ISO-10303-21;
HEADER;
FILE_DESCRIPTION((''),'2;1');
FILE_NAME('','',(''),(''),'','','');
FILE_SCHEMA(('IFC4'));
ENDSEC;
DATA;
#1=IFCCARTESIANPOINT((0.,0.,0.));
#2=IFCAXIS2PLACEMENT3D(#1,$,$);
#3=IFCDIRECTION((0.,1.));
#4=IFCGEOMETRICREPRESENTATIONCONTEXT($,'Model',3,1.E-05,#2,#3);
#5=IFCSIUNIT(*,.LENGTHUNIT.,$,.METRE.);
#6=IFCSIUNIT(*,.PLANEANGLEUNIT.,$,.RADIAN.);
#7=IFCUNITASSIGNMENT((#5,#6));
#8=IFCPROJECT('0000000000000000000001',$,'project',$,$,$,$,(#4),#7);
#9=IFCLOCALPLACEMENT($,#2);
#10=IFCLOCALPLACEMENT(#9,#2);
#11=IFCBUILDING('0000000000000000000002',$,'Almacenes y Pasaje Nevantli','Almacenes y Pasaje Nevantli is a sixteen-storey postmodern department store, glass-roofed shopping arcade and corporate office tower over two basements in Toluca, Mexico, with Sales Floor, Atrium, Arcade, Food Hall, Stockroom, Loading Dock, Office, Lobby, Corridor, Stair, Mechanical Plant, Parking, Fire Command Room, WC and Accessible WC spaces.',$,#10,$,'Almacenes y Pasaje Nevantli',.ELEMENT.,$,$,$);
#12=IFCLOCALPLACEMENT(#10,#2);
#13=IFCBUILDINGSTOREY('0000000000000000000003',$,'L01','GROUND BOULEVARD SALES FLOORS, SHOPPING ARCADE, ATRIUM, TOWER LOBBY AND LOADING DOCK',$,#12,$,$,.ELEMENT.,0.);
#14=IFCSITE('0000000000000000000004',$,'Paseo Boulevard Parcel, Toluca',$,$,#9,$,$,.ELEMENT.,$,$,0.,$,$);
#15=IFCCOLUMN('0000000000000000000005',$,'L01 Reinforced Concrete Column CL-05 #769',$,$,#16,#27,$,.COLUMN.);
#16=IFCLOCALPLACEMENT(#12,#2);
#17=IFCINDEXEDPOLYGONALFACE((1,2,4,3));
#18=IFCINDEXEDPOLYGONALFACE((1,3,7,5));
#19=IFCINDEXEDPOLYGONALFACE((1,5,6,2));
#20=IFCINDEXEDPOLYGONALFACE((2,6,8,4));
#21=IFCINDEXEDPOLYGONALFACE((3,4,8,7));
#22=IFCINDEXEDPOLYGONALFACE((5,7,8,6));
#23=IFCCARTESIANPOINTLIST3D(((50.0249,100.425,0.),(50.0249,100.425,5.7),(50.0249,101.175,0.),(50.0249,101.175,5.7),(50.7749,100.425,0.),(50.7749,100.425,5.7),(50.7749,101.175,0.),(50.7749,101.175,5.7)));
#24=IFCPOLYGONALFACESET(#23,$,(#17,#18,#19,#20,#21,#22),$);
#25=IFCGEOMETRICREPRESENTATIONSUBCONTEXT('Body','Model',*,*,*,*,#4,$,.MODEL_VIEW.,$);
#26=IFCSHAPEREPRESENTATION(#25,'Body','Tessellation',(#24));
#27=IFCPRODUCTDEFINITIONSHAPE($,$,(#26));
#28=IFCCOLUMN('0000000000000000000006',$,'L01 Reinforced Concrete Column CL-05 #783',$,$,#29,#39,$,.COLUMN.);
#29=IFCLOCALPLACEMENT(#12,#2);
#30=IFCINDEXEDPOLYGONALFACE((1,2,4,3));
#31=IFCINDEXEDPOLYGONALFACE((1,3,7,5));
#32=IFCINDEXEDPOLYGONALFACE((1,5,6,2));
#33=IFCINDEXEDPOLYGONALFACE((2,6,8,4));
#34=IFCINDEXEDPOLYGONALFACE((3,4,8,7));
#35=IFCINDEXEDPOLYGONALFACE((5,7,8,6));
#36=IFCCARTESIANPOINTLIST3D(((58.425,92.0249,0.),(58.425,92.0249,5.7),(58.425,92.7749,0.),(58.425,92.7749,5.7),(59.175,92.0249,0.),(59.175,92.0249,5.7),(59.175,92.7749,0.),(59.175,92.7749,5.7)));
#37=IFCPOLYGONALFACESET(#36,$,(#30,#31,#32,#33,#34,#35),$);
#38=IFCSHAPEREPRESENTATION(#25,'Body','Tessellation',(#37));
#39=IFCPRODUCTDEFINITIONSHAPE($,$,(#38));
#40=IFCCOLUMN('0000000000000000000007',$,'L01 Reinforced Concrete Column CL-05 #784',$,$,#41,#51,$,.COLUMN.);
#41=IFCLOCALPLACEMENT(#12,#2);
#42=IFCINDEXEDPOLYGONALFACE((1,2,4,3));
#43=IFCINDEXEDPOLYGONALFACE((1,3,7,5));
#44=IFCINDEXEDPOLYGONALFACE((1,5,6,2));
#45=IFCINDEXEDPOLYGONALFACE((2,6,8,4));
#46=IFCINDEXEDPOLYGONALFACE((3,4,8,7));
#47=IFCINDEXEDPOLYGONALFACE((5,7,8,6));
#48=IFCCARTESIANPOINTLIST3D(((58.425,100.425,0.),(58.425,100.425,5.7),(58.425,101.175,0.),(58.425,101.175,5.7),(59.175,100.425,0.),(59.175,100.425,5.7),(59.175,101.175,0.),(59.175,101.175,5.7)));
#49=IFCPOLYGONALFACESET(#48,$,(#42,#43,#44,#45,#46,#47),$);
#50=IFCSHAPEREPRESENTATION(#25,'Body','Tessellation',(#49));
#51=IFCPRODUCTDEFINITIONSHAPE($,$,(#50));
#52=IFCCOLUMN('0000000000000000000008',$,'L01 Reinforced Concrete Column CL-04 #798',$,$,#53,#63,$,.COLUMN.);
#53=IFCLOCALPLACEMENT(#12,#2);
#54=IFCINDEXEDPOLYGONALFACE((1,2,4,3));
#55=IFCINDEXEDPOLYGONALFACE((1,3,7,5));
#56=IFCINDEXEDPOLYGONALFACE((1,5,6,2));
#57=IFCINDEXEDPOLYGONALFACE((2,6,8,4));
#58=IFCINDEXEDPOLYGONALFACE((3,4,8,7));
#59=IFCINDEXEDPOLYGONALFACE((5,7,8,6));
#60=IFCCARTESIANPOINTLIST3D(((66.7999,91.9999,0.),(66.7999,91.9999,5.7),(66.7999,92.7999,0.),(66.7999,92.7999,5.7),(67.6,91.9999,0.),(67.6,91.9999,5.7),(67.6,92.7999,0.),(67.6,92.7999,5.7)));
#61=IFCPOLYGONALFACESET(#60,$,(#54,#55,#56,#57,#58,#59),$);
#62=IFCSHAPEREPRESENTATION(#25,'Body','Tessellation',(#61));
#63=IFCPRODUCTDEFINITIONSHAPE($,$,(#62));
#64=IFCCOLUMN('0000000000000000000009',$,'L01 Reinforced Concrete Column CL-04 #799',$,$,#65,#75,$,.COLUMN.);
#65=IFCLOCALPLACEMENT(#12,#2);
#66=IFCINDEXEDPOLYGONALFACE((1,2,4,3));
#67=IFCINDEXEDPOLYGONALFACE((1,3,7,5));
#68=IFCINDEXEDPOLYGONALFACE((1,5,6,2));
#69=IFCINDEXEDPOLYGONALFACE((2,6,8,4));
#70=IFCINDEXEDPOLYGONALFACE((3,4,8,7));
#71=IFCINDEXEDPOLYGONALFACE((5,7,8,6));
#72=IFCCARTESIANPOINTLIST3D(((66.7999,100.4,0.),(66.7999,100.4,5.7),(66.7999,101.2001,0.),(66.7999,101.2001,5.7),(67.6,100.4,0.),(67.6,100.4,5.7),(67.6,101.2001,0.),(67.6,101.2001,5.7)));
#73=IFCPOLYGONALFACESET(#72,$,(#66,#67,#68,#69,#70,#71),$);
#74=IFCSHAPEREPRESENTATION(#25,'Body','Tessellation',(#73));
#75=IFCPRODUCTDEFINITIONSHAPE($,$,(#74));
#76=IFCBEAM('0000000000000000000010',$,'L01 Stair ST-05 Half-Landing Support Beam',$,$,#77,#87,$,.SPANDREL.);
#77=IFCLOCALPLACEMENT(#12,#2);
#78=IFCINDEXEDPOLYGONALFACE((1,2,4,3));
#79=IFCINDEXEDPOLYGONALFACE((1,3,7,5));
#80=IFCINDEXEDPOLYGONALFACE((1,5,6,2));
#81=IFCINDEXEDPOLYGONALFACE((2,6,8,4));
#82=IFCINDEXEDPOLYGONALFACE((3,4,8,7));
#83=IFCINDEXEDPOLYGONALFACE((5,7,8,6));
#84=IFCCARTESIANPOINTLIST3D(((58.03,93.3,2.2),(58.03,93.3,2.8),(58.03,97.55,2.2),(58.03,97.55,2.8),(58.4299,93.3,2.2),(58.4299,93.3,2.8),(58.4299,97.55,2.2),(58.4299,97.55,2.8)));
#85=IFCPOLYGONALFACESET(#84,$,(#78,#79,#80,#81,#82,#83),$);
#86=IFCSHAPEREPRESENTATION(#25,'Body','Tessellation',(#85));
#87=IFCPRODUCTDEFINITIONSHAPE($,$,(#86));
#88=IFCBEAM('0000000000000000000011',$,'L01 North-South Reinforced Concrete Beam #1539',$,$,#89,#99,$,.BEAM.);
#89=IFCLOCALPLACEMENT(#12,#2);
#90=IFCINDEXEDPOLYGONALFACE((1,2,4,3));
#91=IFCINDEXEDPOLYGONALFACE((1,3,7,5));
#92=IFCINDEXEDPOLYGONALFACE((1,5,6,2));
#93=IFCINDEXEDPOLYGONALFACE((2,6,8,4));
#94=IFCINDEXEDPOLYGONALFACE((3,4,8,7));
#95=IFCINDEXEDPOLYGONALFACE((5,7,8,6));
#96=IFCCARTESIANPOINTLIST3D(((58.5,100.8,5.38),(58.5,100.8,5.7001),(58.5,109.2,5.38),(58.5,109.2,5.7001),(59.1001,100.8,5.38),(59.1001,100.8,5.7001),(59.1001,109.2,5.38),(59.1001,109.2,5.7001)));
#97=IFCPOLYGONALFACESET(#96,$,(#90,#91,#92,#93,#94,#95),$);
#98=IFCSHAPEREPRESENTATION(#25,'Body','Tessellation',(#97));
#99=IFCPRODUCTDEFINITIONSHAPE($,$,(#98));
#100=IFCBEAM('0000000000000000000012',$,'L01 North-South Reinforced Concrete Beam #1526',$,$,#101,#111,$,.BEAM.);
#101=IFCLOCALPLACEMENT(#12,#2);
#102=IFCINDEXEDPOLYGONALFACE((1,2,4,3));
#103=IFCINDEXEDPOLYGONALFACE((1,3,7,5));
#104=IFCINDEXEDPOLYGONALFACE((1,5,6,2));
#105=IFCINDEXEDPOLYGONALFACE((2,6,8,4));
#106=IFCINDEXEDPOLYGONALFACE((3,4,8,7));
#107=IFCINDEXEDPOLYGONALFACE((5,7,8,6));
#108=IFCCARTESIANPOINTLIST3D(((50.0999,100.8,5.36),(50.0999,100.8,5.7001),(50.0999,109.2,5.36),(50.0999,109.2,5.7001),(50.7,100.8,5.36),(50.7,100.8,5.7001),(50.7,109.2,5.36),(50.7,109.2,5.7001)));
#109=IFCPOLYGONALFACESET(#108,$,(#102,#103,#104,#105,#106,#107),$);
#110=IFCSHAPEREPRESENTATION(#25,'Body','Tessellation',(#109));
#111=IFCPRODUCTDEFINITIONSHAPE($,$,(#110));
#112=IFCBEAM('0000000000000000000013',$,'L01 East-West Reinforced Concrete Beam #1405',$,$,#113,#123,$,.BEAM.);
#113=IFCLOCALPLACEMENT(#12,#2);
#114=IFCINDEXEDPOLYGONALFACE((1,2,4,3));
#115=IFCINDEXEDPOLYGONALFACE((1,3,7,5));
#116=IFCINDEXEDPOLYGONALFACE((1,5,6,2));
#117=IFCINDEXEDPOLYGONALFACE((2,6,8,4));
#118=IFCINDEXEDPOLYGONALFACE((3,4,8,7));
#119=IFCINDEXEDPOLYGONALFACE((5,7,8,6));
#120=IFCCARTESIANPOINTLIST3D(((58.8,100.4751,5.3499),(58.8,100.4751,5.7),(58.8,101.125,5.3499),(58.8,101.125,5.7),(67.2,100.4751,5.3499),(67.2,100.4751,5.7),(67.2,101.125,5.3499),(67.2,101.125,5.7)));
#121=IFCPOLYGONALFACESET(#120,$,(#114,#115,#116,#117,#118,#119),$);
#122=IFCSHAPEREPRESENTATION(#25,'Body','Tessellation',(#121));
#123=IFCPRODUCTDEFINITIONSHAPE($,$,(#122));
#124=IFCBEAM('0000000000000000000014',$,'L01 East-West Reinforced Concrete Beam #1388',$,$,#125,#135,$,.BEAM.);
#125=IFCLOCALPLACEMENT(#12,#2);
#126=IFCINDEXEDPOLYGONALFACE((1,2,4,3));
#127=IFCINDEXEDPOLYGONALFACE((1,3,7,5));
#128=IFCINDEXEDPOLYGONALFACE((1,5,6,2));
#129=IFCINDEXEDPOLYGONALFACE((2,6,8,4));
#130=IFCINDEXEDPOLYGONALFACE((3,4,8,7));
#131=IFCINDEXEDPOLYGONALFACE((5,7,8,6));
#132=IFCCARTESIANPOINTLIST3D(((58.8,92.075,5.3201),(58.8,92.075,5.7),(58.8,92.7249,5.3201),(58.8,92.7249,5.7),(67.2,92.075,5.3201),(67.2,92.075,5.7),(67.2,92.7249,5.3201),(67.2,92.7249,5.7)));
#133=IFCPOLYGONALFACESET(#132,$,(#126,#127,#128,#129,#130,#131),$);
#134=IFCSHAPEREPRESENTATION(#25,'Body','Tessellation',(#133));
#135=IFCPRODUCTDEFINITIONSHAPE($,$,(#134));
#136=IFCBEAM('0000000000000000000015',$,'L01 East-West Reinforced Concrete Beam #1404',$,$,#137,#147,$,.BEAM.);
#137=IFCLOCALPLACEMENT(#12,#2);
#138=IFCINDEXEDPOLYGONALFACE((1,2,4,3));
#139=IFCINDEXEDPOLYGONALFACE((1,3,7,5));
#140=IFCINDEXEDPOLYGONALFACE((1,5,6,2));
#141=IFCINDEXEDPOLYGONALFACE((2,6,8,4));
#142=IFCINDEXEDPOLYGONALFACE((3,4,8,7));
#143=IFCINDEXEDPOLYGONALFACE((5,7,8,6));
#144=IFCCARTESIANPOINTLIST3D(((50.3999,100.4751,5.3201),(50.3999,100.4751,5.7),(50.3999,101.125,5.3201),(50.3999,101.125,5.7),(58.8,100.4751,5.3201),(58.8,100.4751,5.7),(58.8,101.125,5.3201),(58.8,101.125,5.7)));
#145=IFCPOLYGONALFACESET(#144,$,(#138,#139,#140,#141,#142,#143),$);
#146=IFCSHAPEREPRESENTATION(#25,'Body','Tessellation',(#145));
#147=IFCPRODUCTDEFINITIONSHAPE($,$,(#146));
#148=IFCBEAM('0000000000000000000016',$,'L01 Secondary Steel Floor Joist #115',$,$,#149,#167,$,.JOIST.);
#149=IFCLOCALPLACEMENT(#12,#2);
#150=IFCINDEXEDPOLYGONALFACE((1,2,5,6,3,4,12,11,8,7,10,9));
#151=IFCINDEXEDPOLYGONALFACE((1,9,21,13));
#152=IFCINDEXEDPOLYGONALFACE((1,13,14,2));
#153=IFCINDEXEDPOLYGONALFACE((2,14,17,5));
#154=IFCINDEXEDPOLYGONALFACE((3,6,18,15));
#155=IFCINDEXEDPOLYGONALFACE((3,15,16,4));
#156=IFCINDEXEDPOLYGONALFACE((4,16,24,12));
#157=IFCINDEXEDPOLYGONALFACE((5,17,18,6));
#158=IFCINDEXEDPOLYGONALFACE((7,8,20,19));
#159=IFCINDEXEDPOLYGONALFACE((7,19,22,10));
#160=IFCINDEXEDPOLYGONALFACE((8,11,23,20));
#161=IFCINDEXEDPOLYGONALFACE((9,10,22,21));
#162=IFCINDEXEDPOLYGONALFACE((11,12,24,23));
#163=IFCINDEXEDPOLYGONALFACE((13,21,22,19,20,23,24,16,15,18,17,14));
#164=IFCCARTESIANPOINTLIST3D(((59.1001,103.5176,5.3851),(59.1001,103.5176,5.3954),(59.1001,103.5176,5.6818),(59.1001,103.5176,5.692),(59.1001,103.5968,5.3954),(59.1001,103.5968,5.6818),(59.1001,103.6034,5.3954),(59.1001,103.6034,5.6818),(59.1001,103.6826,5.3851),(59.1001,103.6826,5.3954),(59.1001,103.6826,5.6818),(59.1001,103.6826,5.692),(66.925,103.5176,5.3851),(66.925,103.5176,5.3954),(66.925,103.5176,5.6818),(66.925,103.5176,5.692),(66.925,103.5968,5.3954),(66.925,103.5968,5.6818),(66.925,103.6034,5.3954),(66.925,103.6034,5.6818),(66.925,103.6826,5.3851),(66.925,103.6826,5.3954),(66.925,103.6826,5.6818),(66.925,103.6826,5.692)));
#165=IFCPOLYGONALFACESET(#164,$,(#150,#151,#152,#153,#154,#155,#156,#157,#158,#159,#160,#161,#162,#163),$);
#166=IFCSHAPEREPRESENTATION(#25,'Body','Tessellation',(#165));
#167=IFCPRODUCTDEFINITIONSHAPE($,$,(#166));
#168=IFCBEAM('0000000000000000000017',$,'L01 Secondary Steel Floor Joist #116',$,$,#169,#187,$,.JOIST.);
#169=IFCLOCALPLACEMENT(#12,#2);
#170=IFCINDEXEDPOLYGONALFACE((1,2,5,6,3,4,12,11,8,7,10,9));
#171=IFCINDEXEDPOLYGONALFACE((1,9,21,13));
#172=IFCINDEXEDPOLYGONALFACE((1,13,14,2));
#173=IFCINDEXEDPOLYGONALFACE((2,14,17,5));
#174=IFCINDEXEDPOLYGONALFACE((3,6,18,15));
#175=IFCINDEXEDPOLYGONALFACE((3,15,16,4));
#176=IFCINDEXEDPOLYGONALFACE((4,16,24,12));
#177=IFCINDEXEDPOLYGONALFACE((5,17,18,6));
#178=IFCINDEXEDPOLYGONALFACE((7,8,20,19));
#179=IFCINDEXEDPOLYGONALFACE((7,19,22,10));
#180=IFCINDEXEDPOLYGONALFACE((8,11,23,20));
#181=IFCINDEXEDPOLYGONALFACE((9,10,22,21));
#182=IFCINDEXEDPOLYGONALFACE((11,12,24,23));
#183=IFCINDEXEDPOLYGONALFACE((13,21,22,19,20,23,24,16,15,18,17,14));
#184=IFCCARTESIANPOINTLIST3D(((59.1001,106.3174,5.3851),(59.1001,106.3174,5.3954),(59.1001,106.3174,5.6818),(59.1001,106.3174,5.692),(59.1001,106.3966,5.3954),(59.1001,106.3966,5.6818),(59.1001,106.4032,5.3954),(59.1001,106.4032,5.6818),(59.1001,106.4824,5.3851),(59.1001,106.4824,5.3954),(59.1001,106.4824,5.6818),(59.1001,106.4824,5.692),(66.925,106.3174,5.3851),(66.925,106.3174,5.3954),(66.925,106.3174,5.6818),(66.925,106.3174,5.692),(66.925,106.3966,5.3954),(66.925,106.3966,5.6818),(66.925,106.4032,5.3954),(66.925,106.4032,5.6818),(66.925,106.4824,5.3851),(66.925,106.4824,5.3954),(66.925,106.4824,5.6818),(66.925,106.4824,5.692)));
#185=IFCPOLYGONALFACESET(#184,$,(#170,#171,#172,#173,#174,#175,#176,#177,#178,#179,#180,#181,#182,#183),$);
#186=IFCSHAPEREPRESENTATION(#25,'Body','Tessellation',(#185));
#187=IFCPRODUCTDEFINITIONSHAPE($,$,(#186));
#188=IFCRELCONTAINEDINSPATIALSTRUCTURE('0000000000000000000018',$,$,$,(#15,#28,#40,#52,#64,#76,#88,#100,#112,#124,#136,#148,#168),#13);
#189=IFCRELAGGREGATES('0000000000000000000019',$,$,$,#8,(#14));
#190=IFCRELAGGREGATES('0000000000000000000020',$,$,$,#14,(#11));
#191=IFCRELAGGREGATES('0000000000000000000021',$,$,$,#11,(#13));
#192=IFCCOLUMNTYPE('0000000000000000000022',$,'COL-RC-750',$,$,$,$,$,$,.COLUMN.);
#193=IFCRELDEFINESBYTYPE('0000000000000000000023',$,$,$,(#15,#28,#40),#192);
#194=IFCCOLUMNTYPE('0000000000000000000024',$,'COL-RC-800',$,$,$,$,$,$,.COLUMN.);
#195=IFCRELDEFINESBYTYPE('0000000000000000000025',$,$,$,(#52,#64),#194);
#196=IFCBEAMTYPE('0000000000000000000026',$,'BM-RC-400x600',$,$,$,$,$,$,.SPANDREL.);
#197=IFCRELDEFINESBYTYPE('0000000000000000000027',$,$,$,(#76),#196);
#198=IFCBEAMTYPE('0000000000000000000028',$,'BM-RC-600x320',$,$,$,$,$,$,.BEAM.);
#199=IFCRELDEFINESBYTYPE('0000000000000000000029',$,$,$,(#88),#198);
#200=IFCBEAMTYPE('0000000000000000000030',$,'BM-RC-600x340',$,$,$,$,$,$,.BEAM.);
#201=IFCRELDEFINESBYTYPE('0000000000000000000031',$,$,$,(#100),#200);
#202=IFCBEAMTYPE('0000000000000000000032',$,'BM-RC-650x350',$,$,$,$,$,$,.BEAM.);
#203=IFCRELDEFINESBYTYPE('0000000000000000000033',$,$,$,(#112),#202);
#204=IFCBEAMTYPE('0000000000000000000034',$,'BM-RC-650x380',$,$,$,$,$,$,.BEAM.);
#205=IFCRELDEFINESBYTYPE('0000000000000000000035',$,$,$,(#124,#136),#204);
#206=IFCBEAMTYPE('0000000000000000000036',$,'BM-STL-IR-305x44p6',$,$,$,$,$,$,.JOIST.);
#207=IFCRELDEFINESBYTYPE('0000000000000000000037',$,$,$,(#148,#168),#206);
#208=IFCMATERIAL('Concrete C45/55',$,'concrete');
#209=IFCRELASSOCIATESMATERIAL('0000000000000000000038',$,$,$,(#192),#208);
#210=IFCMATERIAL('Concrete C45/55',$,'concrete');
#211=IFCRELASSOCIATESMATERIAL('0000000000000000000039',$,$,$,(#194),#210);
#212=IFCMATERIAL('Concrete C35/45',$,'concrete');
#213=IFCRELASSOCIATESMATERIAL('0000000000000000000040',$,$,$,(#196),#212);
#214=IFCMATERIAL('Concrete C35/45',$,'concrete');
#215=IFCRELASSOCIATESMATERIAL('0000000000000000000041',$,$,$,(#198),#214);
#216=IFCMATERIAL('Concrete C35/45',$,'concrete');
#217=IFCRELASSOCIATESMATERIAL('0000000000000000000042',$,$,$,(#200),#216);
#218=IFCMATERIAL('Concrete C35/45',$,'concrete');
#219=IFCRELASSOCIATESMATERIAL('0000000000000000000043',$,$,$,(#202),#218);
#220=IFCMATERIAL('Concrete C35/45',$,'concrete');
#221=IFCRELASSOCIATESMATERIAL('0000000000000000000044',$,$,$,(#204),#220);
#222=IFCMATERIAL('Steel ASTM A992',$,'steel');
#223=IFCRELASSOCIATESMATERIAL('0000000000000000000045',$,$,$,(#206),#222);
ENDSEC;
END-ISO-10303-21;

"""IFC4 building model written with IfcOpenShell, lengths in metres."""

from ifc_helpers import new_model, si_unit, direction, frame, origin, origin_2d, place, context, subcontext, project, spatial, rectangle, i_section, extrude, material, material_profile, profile_set, type_object, element, save


model = new_model("IFC4")

# Units and contexts
model_context = context("Model", 3, precision=1e-05, world=origin(), true_north=direction((0.0, 1.0)))
body_context = subcontext(model_context, "Body", "Model", "MODEL_VIEW")
ifc_project = project(units=[si_unit("LENGTHUNIT", "METRE"), si_unit("PLANEANGLEUNIT", "RADIAN")], contexts=[model_context])

# Site, building, storey
site_placement = place(None, origin())
site = spatial("IfcSite", under=ifc_project, at=site_placement, Name="Paseo Boulevard Parcel, Toluca", CompositionType="ELEMENT", RefElevation=0.0)
building_placement = place(site_placement, origin())
building = spatial("IfcBuilding", under=site, at=building_placement, Name="Almacenes y Pasaje Nevantli", Description="Almacenes y Pasaje Nevantli is a sixteen-storey postmodern department store, glass-roofed shopping arcade and corporate office tower over two basements in Toluca, Mexico, with Sales Floor, Atrium, Arcade, Food Hall, Stockroom, Loading Dock, Office, Lobby, Corridor, Stair, Mechanical Plant, Parking, Fire Command Room, WC and Accessible WC spaces.", LongName="Almacenes y Pasaje Nevantli", CompositionType="ELEMENT")
storey_placement = place(building_placement, origin())
storey = spatial("IfcBuildingStorey", under=building, at=storey_placement, Name="L01", Description="GROUND BOULEVARD SALES FLOORS, SHOPPING ARCADE, ATRIUM, TOWER LOBBY AND LOADING DOCK", CompositionType="ELEMENT", Elevation=0.0)

# Columns
ifc_material_1 = material(Name="Concrete C45/55", Category="concrete")
ifc_material_profile_1 = material_profile(ifc_material_1, rectangle(XDim=0.75, YDim=0.75, at=origin_2d()), Name="RC-COL-750x750")
ifc_profile_set_1 = profile_set([ifc_material_profile_1], Name="Concrete C45/55")
column_type_1 = type_object("IfcColumnType", Name="COL-RC-750", PredefinedType="COLUMN", material=ifc_profile_set_1)
for number, where, z_axis, x_axis, name in (
    (1, (50.3999, 100.8, 0.0), (0.0, 0.0, 1.0), (1.0, 0.0, 0.0), "L01 Reinforced Concrete Column CL-05 #769"),
    (2, (58.8, 92.3999, 0.0), (0.0, 0.0, 1.0), (1.0, 0.0, 0.0), "L01 Reinforced Concrete Column CL-05 #783"),
    (3, (58.8, 100.8, 0.0), (0.0, 0.0, 1.0), (1.0, 0.0, 0.0), "L01 Reinforced Concrete Column CL-05 #784"),
):
    element("IfcColumn", number, at=place(storey_placement, frame(where, z_axis=z_axis, x_axis=x_axis)), inside=storey, type_object=column_type_1, Name=name, PredefinedType="COLUMN", context=body_context, shape_type="SweptSolid", body=[
        extrude(rectangle(XDim=0.75, YDim=0.75, at=origin_2d()), origin(), (0.0, 0.0, 1.0), 5.7),
    ])
ifc_material_2 = material(Name="Concrete C45/55", Category="concrete")
ifc_material_profile_2 = material_profile(ifc_material_2, rectangle(XDim=0.8, YDim=0.8, at=origin_2d()), Name="RC-COL-800x800")
ifc_profile_set_2 = profile_set([ifc_material_profile_2], Name="Concrete C45/55")
column_type_2 = type_object("IfcColumnType", Name="COL-RC-800", PredefinedType="COLUMN", material=ifc_profile_set_2)
for number, where, z_axis, x_axis, name in (
    (4, (67.2, 92.3999, 0.0), (0.0, 0.0, 1.0), (1.0, 0.0, 0.0), "L01 Reinforced Concrete Column CL-04 #798"),
    (5, (67.2, 100.8, 0.0), (0.0, 0.0, 1.0), (1.0, 0.0, 0.0), "L01 Reinforced Concrete Column CL-04 #799"),
):
    element("IfcColumn", number, at=place(storey_placement, frame(where, z_axis=z_axis, x_axis=x_axis)), inside=storey, type_object=column_type_2, Name=name, PredefinedType="COLUMN", context=body_context, shape_type="SweptSolid", body=[
        extrude(rectangle(XDim=0.8, YDim=0.8, at=origin_2d()), origin(), (0.0, 0.0, 1.0), 5.7),
    ])

# Beams
ifc_material_3 = material(Name="Concrete C35/45", Category="concrete")
ifc_material_profile_3 = material_profile(ifc_material_3, rectangle(XDim=0.3999, YDim=0.6001, at=origin_2d()), Name="RC-BM-400x600")
ifc_profile_set_3 = profile_set([ifc_material_profile_3], Name="Concrete C35/45")
beam_type_1 = type_object("IfcBeamType", Name="BM-RC-400x600", PredefinedType="SPANDREL", material=ifc_profile_set_3)
beam_1_placement = place(storey_placement, frame((58.23, 93.3, 2.5), z_axis=(0.0, 1.0, 0.0), x_axis=(-1.0, 0.0, 0.0)))
element("IfcBeam", 6, at=beam_1_placement, inside=storey, type_object=beam_type_1, Name="L01 Stair ST-05 Half-Landing Support Beam", PredefinedType="SPANDREL", context=body_context, shape_type="SweptSolid", body=[
    extrude(rectangle(XDim=0.3999, YDim=0.6001, at=origin_2d()), origin(), (0.0, 0.0, 1.0), 4.25),
])
ifc_material_4 = material(Name="Concrete C35/45", Category="concrete")
ifc_material_profile_4 = material_profile(ifc_material_4, rectangle(XDim=0.6001, YDim=0.3201, at=origin_2d()), Name="RC-BM-600x320")
ifc_profile_set_4 = profile_set([ifc_material_profile_4], Name="Concrete C35/45")
beam_type_2 = type_object("IfcBeamType", Name="BM-RC-600x320", PredefinedType="BEAM", material=ifc_profile_set_4)
beam_2_placement = place(storey_placement, frame((58.8, 100.8, 5.54), z_axis=(0.0, 1.0, 0.0), x_axis=(-1.0, 0.0, 0.0)))
element("IfcBeam", 7, at=beam_2_placement, inside=storey, type_object=beam_type_2, Name="L01 North-South Reinforced Concrete Beam #1539", PredefinedType="BEAM", context=body_context, shape_type="SweptSolid", body=[
    extrude(rectangle(XDim=0.6001, YDim=0.3201, at=origin_2d()), origin(), (0.0, 0.0, 1.0), 8.3999),
])
ifc_material_5 = material(Name="Concrete C35/45", Category="concrete")
ifc_material_profile_5 = material_profile(ifc_material_5, rectangle(XDim=0.6001, YDim=0.3401, at=origin_2d()), Name="RC-BM-600x340")
ifc_profile_set_5 = profile_set([ifc_material_profile_5], Name="Concrete C35/45")
beam_type_3 = type_object("IfcBeamType", Name="BM-RC-600x340", PredefinedType="BEAM", material=ifc_profile_set_5)
beam_3_placement = place(storey_placement, frame((50.3999, 100.8, 5.53), z_axis=(0.0, 1.0, 0.0), x_axis=(-1.0, 0.0, 0.0)))
element("IfcBeam", 8, at=beam_3_placement, inside=storey, type_object=beam_type_3, Name="L01 North-South Reinforced Concrete Beam #1526", PredefinedType="BEAM", context=body_context, shape_type="SweptSolid", body=[
    extrude(rectangle(XDim=0.6001, YDim=0.3401, at=origin_2d()), origin(), (0.0, 0.0, 1.0), 8.3999),
])
ifc_material_6 = material(Name="Concrete C35/45", Category="concrete")
ifc_material_profile_6 = material_profile(ifc_material_6, rectangle(XDim=0.6499, YDim=0.3501, at=origin_2d()), Name="RC-BM-650x350")
ifc_profile_set_6 = profile_set([ifc_material_profile_6], Name="Concrete C35/45")
beam_type_4 = type_object("IfcBeamType", Name="BM-RC-650x350", PredefinedType="BEAM", material=ifc_profile_set_6)
beam_4_placement = place(storey_placement, frame((58.8, 100.8, 5.5249), z_axis=(1.0, 0.0, 0.0), x_axis=(0.0, 1.0, 0.0)))
element("IfcBeam", 9, at=beam_4_placement, inside=storey, type_object=beam_type_4, Name="L01 East-West Reinforced Concrete Beam #1405", PredefinedType="BEAM", context=body_context, shape_type="SweptSolid", body=[
    extrude(rectangle(XDim=0.6499, YDim=0.3501, at=origin_2d()), origin(), (0.0, 0.0, 1.0), 8.3999),
])
ifc_material_7 = material(Name="Concrete C35/45", Category="concrete")
ifc_material_profile_7 = material_profile(ifc_material_7, rectangle(XDim=0.6499, YDim=0.3799, at=origin_2d()), Name="RC-BM-650x380")
ifc_profile_set_7 = profile_set([ifc_material_profile_7], Name="Concrete C35/45")
beam_type_5 = type_object("IfcBeamType", Name="BM-RC-650x380", PredefinedType="BEAM", material=ifc_profile_set_7)
beam_5_placement = place(storey_placement, frame((58.8, 92.3999, 5.51), z_axis=(1.0, 0.0, 0.0), x_axis=(0.0, 1.0, 0.0)))
element("IfcBeam", 10, at=beam_5_placement, inside=storey, type_object=beam_type_5, Name="L01 East-West Reinforced Concrete Beam #1388", PredefinedType="BEAM", context=body_context, shape_type="SweptSolid", body=[
    extrude(rectangle(XDim=0.6499, YDim=0.3799, at=origin_2d()), origin(), (0.0, 0.0, 1.0), 8.3999),
])
beam_6_placement = place(storey_placement, frame((50.3999, 100.8, 5.51), z_axis=(1.0, 0.0, 0.0), x_axis=(0.0, 1.0, 0.0)))
element("IfcBeam", 11, at=beam_6_placement, inside=storey, type_object=beam_type_5, Name="L01 East-West Reinforced Concrete Beam #1404", PredefinedType="BEAM", context=body_context, shape_type="SweptSolid", body=[
    extrude(rectangle(XDim=0.6499, YDim=0.3799, at=origin_2d()), origin(), (0.0, 0.0, 1.0), 8.4001),
])
ifc_material_8 = material(Name="Steel ASTM A992", Category="steel")
ifc_material_profile_8 = material_profile(ifc_material_8, i_section(OverallWidth=0.165, OverallDepth=0.3069, WebThickness=0.0066, FlangeThickness=0.0103, at=origin_2d()), Name="IR 305x44.6")
ifc_profile_set_8 = profile_set([ifc_material_profile_8], Name="Steel ASTM A992")
beam_type_6 = type_object("IfcBeamType", Name="BM-STL-IR-305x44p6", PredefinedType="JOIST", material=ifc_profile_set_8)
for number, where, z_axis, x_axis, name in (
    (12, (59.1001, 103.6001, 5.5386), (1.0, 0.0, 0.0), (0.0, 1.0, 0.0), "L01 Secondary Steel Floor Joist #115"),
    (13, (59.1001, 106.3999, 5.5386), (1.0, 0.0, 0.0), (0.0, 1.0, 0.0), "L01 Secondary Steel Floor Joist #116"),
):
    element("IfcBeam", number, at=place(storey_placement, frame(where, z_axis=z_axis, x_axis=x_axis)), inside=storey, type_object=beam_type_6, Name=name, PredefinedType="JOIST", context=body_context, shape_type="SweptSolid", body=[
        extrude(i_section(OverallWidth=0.165, OverallDepth=0.3069, WebThickness=0.0066, FlangeThickness=0.0103, at=origin_2d()), origin(), (0.0, 0.0, 1.0), 7.825),
    ])

save(model, "model.ifc")
